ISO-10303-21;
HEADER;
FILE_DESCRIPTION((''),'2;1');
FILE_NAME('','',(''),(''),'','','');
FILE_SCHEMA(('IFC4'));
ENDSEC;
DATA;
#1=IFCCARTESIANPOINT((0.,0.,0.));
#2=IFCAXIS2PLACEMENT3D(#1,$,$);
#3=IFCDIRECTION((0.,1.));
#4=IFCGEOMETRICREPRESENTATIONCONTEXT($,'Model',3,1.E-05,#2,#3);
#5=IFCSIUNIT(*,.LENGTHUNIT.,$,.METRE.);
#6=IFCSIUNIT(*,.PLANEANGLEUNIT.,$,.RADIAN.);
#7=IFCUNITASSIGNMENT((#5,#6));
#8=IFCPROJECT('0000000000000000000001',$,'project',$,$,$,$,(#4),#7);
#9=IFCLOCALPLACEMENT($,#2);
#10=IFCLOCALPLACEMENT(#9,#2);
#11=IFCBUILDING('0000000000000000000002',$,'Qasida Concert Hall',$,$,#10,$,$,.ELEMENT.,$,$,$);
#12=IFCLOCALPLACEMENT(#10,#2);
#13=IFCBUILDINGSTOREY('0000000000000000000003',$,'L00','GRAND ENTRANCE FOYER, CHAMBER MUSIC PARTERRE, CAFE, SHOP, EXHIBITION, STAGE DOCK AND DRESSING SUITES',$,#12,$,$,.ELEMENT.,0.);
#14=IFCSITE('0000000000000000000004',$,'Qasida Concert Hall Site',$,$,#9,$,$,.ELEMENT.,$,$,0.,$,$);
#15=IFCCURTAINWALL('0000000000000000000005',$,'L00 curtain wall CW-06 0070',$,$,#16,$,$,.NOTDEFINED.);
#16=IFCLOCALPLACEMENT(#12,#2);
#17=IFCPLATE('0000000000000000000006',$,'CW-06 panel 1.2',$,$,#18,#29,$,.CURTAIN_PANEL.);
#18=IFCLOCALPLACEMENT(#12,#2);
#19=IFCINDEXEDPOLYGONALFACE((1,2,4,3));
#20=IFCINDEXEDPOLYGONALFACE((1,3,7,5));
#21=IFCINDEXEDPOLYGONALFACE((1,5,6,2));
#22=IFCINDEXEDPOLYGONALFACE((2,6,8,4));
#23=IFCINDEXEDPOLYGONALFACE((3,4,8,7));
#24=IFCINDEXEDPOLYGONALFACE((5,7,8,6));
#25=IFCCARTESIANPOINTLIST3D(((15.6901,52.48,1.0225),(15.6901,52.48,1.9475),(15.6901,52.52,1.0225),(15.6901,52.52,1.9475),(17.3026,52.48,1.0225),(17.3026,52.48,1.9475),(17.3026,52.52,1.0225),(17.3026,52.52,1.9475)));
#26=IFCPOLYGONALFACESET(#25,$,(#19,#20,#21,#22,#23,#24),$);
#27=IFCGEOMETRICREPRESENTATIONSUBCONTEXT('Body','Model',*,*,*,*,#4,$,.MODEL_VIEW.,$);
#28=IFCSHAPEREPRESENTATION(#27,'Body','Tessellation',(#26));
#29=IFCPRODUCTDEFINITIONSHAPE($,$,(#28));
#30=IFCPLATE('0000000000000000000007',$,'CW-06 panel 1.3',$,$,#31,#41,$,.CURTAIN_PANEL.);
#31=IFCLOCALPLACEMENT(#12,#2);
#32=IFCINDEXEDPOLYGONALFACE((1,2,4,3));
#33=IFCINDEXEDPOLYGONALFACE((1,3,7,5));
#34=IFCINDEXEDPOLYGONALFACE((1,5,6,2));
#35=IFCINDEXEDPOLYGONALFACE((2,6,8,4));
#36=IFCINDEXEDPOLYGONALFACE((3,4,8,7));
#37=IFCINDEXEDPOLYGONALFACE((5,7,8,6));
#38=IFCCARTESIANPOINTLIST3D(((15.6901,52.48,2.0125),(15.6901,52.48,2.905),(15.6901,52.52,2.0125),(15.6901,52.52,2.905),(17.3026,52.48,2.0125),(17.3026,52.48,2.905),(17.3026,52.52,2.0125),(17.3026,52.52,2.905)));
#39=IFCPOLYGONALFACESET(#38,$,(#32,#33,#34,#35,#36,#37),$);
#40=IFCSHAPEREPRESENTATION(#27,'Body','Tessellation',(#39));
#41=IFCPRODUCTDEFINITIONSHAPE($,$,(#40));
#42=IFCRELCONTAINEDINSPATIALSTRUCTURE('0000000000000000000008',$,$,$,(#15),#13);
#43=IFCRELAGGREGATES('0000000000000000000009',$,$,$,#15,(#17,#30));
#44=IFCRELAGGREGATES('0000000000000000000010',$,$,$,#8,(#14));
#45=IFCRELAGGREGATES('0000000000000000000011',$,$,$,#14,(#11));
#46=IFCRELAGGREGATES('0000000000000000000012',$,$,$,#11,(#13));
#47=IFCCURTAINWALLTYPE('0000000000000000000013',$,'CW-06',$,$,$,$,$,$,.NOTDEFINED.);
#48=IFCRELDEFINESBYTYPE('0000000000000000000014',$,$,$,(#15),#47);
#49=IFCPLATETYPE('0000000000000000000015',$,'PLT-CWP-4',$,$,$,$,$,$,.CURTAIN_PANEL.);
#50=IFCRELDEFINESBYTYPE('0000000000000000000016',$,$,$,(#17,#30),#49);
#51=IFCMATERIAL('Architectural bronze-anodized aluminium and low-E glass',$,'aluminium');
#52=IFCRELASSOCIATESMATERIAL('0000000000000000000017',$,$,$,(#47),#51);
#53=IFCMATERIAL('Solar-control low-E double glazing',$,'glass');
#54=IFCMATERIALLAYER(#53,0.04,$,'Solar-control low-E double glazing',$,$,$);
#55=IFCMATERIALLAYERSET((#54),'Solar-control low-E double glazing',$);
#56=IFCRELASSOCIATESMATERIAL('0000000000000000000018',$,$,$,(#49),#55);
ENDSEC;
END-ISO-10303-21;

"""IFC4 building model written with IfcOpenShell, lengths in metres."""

from ifc_helpers import new_model, si_unit, direction, frame, origin, origin_2d, place, context, subcontext, project, spatial, rectangle, extrude, material, layer, layer_set, type_object, element, aggregate, save


model = new_model("IFC4")

# Units and contexts
model_context = context("Model", 3, precision=1e-05, world=origin(), true_north=direction((0.0, 1.0)))
body_context = subcontext(model_context, "Body", "Model", "MODEL_VIEW")
ifc_project = project(units=[si_unit("LENGTHUNIT", "METRE"), si_unit("PLANEANGLEUNIT", "RADIAN")], contexts=[model_context])

# Site, building, storey
site_placement = place(None, origin())
site = spatial("IfcSite", under=ifc_project, at=site_placement, Name="Qasida Concert Hall Site", CompositionType="ELEMENT", RefElevation=0.0)
building_placement = place(site_placement, origin())
building = spatial("IfcBuilding", under=site, at=building_placement, Name="Qasida Concert Hall", CompositionType="ELEMENT")
storey_placement = place(building_placement, origin())
storey = spatial("IfcBuildingStorey", under=building, at=storey_placement, Name="L00", Description="GRAND ENTRANCE FOYER, CHAMBER MUSIC PARTERRE, CAFE, SHOP, EXHIBITION, STAGE DOCK AND DRESSING SUITES", CompositionType="ELEMENT", Elevation=0.0)

# Curtain wall
ifc_material_1 = material(Name="Architectural bronze-anodized aluminium and low-E glass", Category="aluminium")
curtain_wall_type = type_object("IfcCurtainWallType", Name="CW-06", PredefinedType="NOTDEFINED", material=ifc_material_1)
curtain_wall_1_placement = place(storey_placement, origin())
curtain_wall_1 = element("IfcCurtainWall", 1, at=curtain_wall_1_placement, inside=storey, type_object=curtain_wall_type, Name="L00 curtain wall CW-06 0070", PredefinedType="NOTDEFINED")

# Plates
ifc_material_2 = material(Name="Solar-control low-E double glazing", Category="glass")
ifc_layer = layer(ifc_material_2, 0.04, Name="Solar-control low-E double glazing")
ifc_layer_set = layer_set([ifc_layer], Name="Solar-control low-E double glazing")
plate_type = type_object("IfcPlateType", Name="PLT-CWP-4", PredefinedType="CURTAIN_PANEL", material=ifc_layer_set)
plate_1_placement = place(storey_placement, frame((16.4963, 52.5, 1.0225), z_axis=(0.0, 0.0, 1.0), x_axis=(1.0, 0.0, 0.0)))
plate_1 = element("IfcPlate", 2, at=plate_1_placement, type_object=plate_type, Name="CW-06 panel 1.2", PredefinedType="CURTAIN_PANEL", context=body_context, shape_type="SweptSolid", body=[
    extrude(rectangle(XDim=1.6125, YDim=0.04, at=origin_2d()), origin(), (0.0, 0.0, 1.0), 0.925),
])
plate_2_placement = place(storey_placement, frame((16.4963, 52.5, 2.0125), z_axis=(0.0, 0.0, 1.0), x_axis=(1.0, 0.0, 0.0)))
plate_2 = element("IfcPlate", 3, at=plate_2_placement, type_object=plate_type, Name="CW-06 panel 1.3", PredefinedType="CURTAIN_PANEL", context=body_context, shape_type="SweptSolid", body=[
    extrude(rectangle(XDim=1.6125, YDim=0.04, at=origin_2d()), origin(), (0.0, 0.0, 1.0), 0.8926),
])
aggregate(curtain_wall_1, [plate_1, plate_2])

save(model, "model.ifc")
